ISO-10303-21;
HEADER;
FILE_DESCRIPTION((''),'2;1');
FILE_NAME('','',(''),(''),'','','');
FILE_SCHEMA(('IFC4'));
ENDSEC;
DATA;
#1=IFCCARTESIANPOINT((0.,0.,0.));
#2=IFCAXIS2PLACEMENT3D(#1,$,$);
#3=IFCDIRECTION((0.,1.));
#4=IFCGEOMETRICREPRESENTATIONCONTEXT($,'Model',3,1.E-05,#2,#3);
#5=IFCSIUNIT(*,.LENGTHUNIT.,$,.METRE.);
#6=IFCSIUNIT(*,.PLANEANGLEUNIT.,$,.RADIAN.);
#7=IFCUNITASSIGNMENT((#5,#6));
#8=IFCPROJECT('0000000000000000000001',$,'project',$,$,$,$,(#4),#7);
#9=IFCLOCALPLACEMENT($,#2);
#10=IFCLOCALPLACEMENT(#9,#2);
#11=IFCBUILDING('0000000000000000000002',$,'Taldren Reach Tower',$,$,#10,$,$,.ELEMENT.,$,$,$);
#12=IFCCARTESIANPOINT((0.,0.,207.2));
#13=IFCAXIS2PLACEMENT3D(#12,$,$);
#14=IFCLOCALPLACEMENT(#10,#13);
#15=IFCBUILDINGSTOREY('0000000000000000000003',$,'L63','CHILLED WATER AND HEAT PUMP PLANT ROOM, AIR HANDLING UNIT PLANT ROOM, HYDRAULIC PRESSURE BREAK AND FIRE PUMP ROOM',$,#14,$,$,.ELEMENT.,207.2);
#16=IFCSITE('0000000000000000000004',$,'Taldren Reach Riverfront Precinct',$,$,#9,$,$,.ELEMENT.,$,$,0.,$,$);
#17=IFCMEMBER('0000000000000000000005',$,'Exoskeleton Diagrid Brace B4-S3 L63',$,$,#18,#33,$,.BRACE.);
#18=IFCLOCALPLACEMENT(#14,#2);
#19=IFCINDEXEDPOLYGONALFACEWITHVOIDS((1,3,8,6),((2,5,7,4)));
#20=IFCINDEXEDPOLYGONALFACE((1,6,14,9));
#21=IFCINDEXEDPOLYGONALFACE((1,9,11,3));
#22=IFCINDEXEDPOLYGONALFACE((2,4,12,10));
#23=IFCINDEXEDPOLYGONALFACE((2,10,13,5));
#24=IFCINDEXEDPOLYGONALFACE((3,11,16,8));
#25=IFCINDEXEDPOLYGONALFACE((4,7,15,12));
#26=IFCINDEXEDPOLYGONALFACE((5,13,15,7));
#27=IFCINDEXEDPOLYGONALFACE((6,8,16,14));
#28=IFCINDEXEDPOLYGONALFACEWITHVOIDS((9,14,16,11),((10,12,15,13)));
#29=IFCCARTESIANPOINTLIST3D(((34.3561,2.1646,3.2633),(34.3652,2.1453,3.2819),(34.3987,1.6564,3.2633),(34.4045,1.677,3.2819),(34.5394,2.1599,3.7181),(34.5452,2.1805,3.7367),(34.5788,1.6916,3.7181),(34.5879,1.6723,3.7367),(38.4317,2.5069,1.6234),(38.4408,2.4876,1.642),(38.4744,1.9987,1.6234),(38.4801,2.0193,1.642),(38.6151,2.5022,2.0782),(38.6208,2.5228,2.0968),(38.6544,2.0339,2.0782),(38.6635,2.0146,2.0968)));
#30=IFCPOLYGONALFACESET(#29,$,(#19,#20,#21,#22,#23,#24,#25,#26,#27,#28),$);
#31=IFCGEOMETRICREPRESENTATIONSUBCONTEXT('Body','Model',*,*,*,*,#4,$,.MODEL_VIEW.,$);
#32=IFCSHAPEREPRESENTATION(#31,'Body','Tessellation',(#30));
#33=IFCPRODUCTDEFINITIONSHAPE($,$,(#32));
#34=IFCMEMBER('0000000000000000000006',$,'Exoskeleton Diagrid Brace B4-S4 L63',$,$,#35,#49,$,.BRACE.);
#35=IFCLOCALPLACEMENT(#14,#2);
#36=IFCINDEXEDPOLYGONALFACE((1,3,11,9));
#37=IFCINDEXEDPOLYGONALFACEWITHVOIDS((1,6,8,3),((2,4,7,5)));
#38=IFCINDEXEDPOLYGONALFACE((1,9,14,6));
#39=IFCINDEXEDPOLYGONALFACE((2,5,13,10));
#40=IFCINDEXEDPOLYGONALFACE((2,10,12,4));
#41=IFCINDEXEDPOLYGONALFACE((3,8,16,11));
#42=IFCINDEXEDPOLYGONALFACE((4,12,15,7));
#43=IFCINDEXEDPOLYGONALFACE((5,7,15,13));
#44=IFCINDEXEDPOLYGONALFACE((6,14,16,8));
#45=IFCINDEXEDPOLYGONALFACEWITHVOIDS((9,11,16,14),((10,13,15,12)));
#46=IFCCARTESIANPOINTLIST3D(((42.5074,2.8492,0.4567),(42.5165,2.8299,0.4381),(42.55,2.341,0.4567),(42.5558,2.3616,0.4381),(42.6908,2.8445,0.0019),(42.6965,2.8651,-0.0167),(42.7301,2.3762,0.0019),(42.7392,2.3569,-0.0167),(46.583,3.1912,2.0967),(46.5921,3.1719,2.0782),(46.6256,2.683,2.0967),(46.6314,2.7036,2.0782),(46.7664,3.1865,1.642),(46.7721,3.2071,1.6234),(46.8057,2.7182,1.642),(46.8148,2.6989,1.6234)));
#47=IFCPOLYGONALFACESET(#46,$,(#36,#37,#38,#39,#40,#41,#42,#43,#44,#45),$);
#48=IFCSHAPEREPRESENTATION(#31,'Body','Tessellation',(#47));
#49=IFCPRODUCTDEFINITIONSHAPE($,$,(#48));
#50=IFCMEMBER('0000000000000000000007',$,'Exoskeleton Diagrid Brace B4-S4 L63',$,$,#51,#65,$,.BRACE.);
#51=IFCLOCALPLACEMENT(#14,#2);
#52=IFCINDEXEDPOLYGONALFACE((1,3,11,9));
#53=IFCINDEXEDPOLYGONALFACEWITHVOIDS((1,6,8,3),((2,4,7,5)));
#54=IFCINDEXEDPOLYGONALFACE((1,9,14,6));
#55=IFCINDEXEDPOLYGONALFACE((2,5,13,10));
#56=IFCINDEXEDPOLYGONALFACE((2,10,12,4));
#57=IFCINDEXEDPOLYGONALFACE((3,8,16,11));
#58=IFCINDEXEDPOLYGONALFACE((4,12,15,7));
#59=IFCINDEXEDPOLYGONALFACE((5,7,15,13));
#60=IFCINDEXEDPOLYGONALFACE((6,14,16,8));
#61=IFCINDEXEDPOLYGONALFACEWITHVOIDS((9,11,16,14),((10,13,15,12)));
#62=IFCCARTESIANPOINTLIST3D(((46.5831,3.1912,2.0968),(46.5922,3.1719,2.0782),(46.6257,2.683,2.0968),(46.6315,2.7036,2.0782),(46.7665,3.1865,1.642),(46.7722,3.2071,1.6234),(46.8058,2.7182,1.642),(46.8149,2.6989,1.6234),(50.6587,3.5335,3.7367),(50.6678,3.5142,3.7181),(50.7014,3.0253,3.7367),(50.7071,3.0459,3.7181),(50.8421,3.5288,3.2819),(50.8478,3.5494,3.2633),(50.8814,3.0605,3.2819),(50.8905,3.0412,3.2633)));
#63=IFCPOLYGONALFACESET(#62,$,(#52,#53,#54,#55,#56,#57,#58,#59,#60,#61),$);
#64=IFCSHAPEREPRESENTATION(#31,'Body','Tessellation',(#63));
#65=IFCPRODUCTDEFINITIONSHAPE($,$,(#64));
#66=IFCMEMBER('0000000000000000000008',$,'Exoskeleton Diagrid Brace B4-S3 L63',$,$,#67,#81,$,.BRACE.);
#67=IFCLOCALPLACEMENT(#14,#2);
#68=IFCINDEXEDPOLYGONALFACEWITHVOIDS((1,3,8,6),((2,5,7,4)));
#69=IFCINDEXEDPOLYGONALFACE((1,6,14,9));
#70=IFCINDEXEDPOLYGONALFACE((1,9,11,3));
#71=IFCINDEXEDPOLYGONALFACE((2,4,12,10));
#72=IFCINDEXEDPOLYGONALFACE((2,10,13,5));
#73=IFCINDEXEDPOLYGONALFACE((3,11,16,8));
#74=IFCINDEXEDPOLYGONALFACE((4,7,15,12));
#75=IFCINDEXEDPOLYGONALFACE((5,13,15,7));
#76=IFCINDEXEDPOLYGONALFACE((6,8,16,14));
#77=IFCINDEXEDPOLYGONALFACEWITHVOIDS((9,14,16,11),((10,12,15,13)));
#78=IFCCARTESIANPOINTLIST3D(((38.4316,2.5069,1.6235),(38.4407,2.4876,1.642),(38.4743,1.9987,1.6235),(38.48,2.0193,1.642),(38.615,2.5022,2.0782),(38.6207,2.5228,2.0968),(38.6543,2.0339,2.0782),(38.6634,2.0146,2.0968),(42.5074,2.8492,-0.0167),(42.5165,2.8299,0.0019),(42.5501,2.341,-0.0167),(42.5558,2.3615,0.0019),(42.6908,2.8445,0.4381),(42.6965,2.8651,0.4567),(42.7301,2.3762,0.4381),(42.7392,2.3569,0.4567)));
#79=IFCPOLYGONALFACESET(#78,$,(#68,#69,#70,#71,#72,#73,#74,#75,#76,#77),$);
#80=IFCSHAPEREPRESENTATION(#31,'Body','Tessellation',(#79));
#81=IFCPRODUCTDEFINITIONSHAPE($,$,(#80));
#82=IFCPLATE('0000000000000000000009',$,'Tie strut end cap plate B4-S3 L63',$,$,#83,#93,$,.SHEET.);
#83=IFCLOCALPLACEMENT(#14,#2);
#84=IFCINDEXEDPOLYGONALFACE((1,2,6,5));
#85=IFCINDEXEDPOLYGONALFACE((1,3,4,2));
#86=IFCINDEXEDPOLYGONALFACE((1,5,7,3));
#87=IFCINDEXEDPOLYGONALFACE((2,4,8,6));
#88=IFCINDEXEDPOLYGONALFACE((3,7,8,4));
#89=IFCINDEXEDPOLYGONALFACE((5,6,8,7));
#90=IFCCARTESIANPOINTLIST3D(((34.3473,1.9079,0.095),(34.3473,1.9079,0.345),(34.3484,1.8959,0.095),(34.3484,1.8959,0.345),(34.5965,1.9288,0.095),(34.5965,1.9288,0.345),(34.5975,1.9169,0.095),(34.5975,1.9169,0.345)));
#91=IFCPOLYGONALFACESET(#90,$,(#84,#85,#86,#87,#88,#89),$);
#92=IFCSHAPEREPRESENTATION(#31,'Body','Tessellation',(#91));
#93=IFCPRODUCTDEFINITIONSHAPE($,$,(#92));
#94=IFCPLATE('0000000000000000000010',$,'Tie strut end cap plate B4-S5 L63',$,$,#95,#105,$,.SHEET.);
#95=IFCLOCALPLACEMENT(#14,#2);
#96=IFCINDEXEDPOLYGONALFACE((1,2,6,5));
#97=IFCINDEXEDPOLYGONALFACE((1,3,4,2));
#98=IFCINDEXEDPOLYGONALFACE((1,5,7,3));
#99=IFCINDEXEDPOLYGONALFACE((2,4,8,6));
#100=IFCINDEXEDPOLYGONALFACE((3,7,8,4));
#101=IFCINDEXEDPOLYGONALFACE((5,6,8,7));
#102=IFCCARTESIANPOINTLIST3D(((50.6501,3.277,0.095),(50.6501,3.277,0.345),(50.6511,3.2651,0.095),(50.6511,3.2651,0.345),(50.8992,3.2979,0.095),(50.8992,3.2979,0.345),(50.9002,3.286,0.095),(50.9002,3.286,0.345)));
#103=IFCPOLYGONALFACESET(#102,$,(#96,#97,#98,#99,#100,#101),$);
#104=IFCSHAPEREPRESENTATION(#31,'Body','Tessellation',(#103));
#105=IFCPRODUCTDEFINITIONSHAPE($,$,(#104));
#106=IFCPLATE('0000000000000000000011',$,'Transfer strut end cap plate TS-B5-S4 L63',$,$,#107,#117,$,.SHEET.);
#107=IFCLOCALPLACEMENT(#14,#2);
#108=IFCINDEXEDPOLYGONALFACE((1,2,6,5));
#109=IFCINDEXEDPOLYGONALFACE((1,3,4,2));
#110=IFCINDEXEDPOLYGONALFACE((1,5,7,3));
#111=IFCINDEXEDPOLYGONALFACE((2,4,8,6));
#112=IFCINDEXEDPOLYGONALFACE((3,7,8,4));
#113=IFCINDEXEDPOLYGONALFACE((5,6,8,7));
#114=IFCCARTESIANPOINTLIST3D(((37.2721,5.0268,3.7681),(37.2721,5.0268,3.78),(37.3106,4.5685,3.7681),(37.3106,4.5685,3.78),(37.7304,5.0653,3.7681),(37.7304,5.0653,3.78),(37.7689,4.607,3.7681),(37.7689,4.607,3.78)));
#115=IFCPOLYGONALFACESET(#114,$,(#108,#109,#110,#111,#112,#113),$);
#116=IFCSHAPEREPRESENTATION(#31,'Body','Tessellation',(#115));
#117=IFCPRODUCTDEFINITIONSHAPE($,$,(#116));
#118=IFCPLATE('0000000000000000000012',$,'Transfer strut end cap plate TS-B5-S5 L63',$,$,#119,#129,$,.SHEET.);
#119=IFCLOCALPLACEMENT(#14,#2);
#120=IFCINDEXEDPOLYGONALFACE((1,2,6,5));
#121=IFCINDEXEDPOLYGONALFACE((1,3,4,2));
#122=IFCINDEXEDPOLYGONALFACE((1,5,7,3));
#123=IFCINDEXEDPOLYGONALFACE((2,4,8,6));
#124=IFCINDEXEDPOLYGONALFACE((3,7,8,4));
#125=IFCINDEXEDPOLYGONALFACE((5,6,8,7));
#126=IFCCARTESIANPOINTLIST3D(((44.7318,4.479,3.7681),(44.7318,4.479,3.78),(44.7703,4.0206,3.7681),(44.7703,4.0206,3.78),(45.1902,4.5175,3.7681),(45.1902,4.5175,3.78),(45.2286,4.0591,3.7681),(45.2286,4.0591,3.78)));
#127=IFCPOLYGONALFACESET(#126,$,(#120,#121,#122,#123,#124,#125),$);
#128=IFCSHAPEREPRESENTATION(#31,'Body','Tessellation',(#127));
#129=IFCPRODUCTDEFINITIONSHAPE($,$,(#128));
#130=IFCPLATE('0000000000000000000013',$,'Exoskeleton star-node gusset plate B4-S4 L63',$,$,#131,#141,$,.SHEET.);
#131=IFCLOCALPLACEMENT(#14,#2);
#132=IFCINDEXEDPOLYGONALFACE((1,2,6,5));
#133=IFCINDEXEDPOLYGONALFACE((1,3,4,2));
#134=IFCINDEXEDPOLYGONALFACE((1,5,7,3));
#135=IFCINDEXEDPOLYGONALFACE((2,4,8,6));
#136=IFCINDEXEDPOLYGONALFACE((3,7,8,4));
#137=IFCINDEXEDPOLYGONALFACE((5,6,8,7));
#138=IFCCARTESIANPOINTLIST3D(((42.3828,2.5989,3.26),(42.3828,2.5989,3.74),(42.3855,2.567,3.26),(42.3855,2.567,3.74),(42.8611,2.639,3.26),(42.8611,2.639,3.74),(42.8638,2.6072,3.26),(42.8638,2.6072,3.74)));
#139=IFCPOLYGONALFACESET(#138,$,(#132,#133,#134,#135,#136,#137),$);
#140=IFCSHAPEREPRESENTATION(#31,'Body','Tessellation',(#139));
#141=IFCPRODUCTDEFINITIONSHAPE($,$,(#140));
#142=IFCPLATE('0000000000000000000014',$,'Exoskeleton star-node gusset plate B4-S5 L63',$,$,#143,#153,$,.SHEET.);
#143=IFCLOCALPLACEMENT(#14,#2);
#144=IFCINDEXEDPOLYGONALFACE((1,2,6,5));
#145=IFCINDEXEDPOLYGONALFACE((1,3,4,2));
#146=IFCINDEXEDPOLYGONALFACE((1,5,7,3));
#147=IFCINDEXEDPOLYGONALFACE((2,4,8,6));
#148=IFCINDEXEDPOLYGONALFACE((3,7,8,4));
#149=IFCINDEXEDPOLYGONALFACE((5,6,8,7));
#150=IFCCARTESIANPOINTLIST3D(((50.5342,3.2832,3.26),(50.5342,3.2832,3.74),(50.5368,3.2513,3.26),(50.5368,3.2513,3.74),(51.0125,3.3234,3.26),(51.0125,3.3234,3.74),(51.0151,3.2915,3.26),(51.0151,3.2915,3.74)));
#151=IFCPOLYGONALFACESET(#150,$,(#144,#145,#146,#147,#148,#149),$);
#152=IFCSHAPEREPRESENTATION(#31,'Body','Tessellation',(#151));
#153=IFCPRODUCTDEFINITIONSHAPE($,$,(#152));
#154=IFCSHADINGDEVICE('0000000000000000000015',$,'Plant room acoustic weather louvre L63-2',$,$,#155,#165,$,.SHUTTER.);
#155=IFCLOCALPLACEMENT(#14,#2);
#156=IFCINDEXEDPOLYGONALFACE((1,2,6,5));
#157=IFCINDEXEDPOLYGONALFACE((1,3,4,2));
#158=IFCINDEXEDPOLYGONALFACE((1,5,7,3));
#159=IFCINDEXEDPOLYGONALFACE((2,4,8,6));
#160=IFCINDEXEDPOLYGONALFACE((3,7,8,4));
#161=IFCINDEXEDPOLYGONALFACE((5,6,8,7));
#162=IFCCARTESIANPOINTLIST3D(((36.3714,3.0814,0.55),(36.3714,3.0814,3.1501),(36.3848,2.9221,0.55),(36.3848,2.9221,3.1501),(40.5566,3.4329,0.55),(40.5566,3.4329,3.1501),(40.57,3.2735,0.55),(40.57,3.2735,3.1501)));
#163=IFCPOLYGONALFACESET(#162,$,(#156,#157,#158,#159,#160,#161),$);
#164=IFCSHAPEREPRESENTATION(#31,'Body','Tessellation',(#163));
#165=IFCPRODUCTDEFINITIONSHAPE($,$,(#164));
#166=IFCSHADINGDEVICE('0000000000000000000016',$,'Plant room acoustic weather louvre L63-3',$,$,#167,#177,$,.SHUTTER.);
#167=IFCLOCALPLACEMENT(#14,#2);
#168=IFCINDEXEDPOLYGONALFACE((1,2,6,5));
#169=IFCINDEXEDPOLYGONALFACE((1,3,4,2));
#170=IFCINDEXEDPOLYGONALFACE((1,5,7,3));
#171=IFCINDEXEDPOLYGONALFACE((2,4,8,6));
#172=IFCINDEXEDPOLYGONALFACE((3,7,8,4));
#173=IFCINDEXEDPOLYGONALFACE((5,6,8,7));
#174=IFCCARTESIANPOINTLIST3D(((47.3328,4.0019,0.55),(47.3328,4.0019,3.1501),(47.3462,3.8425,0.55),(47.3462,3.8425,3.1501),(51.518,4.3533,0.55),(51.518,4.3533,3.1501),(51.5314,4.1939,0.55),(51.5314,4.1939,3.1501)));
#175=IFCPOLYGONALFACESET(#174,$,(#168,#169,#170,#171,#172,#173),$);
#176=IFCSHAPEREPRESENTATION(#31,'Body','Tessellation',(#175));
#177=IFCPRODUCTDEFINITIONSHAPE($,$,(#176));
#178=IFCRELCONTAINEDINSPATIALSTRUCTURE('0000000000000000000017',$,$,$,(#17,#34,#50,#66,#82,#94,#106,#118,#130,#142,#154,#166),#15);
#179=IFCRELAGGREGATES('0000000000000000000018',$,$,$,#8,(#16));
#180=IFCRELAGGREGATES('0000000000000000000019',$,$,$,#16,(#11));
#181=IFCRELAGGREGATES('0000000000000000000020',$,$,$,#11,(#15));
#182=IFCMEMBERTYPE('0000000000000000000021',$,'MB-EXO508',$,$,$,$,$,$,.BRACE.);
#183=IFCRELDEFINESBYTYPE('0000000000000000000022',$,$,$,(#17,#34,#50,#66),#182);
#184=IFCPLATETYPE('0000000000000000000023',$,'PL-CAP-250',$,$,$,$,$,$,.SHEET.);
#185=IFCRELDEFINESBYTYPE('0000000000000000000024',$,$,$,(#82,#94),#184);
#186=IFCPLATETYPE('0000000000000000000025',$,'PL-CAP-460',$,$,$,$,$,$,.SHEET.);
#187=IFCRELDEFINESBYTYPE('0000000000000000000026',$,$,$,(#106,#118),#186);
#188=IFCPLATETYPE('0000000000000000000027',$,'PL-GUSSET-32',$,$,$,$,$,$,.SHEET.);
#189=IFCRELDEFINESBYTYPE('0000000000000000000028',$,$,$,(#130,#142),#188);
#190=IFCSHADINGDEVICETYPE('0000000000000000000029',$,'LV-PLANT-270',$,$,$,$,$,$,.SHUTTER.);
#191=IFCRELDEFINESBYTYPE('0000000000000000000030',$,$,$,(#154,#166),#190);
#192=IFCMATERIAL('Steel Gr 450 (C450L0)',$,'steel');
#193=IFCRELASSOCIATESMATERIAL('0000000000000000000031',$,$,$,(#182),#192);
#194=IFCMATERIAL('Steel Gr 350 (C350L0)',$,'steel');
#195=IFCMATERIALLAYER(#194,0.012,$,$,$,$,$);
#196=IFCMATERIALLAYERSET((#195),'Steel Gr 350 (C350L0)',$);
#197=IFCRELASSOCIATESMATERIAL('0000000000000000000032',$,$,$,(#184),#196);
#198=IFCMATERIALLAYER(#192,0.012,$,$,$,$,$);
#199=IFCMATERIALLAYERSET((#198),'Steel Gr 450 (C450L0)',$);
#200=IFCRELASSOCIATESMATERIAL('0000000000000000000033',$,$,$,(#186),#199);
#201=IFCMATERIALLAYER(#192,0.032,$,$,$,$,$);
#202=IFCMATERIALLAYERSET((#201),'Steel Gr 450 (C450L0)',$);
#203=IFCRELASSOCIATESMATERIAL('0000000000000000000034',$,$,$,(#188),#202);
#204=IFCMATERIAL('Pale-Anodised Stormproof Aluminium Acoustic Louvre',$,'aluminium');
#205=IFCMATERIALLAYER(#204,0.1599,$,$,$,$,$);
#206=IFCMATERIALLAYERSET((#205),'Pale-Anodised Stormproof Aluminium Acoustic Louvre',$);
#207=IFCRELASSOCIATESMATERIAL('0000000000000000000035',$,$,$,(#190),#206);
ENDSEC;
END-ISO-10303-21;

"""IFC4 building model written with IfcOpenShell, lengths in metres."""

from ifc_helpers import new_model, si_unit, direction, frame, origin, origin_2d, place, context, subcontext, project, spatial, rectangle, hollow_rectangle, extrude, source, transform, mapped, material, layer, layer_set, material_profile, profile_set, type_object, element, save


model = new_model("IFC4")

# Units and contexts
model_context = context("Model", 3, precision=1e-05, world=origin(), true_north=direction((0.0, 1.0)))
body_context = subcontext(model_context, "Body", "Model", "MODEL_VIEW")
ifc_project = project(units=[si_unit("LENGTHUNIT", "METRE"), si_unit("PLANEANGLEUNIT", "RADIAN")], contexts=[model_context])

# Site, building, storey
site_placement = place(None, origin())
site = spatial("IfcSite", under=ifc_project, at=site_placement, Name="Taldren Reach Riverfront Precinct", CompositionType="ELEMENT", RefElevation=0.0)
building_placement = place(site_placement, origin())
building = spatial("IfcBuilding", under=site, at=building_placement, Name="Taldren Reach Tower", CompositionType="ELEMENT")
storey_placement = place(building_placement, frame((0.0, 0.0, 207.2)))
storey = spatial("IfcBuildingStorey", under=building, at=storey_placement, Name="L63", Description="CHILLED WATER AND HEAT PUMP PLANT ROOM, AIR HANDLING UNIT PLANT ROOM, HYDRAULIC PRESSURE BREAK AND FIRE PUMP ROOM", CompositionType="ELEMENT", Elevation=207.2)

# Shared definitions
ifc_material_1 = material(Name="Steel Gr 350 (C350L0)", Category="steel")

# Shared definitions
ifc_material_2 = material(Name="Steel Gr 450 (C450L0)", Category="steel")

# Members
ifc_material_profile_1 = material_profile(ifc_material_2, hollow_rectangle(XDim=0.51, YDim=0.51, WallThickness=0.02, at=origin_2d()), Name="510x510x20.0SHS")
ifc_profile_set_1 = profile_set([ifc_material_profile_1], Name="Steel Gr 450 (C450L0)")
member_type_1 = type_object("IfcMemberType", Name="MB-EXO508", PredefinedType="BRACE", material=ifc_profile_set_1)
shared_shape_1 = source(origin(), body_context, "Body", "SweptSolid", [
    extrude(hollow_rectangle(XDim=0.51, YDim=0.51, WallThickness=0.02, at=origin_2d()), origin(), (0.0, 0.0, 1.0), 4.4065),
])
for number, where, z_axis, x_axis, name in (
    (1, (38.5476, 2.2607, 1.8601), (-0.924917, -0.077677, 0.37215), (0.083688, -0.996492, 0.0), "Exoskeleton Diagrid Brace B4-S3 L63"),
    (2, (42.6233, 2.603, 0.22), (0.924902, 0.07762, 0.372199), (-0.083628, 0.996497, 0.0), "Exoskeleton Diagrid Brace B4-S4 L63"),
    (3, (46.699, 2.9451, 1.8601), (0.924917, 0.077677, 0.37215), (-0.083688, 0.996492, 0.0), "Exoskeleton Diagrid Brace B4-S4 L63"),
):
    element("IfcMember", number, at=place(storey_placement, frame(where, z_axis=z_axis, x_axis=x_axis)), inside=storey, type_object=member_type_1, Name=name, PredefinedType="BRACE", context=body_context, shape_type="MappedRepresentation", body=[
        mapped(shared_shape_1, transform((0.0, 0.0, 0.0), scale=1.0)),
    ])
shared_shape_2 = source(origin(), body_context, "Body", "SweptSolid", [
    extrude(hollow_rectangle(XDim=0.51, YDim=0.51, WallThickness=0.02, at=origin_2d()), origin(), (0.0, 0.0, 1.0), 4.4067),
])
member_1_placement = place(storey_placement, frame((42.6233, 2.603, 0.22), z_axis=(-0.924898, -0.077675, 0.372197), x_axis=(0.083688, -0.996492, 0.0)))
element("IfcMember", 4, at=member_1_placement, inside=storey, type_object=member_type_1, Name="Exoskeleton Diagrid Brace B4-S3 L63", PredefinedType="BRACE", context=body_context, shape_type="MappedRepresentation", body=[
    mapped(shared_shape_2, transform((0.0, 0.0, 0.0), scale=1.0)),
])

# Plates
ifc_layer_1 = layer(ifc_material_1, 0.012)
ifc_layer_set_1 = layer_set([ifc_layer_1], Name="Steel Gr 350 (C350L0)")
plate_type_1 = type_object("IfcPlateType", Name="PL-CAP-250", PredefinedType="SHEET", material=ifc_layer_set_1)
shared_shape_3 = source(origin(), body_context, "Body", "SweptSolid", [
    extrude(rectangle(XDim=0.25, YDim=0.012, at=origin_2d()), origin(), (0.0, 0.0, 1.0), 0.25),
])
for number, where, z_axis, x_axis, name in (
    (5, (34.4724, 1.9124, 0.095), (0.0, 0.0, 1.0), (0.996493, 0.083678, 0.0), "Tie strut end cap plate B4-S3 L63"),
    (6, (50.7751, 3.2815, 0.095), (0.0, 0.0, 1.0), (0.996493, 0.083678, 0.0), "Tie strut end cap plate B4-S5 L63"),
):
    element("IfcPlate", number, at=place(storey_placement, frame(where, z_axis=z_axis, x_axis=x_axis)), inside=storey, type_object=plate_type_1, Name=name, PredefinedType="SHEET", context=body_context, shape_type="MappedRepresentation", body=[
        mapped(shared_shape_3, transform((0.0, 0.0, 0.0), scale=1.0)),
    ])
ifc_layer_2 = layer(ifc_material_2, 0.012)
ifc_layer_set_2 = layer_set([ifc_layer_2], Name="Steel Gr 450 (C450L0)")
plate_type_2 = type_object("IfcPlateType", Name="PL-CAP-460", PredefinedType="SHEET", material=ifc_layer_set_2)
shared_shape_4 = source(origin(), body_context, "Body", "SweptSolid", [
    extrude(rectangle(XDim=0.46, YDim=0.46, at=origin_2d()), origin(), (0.0, 0.0, 1.0), 0.012),
])
for number, where, z_axis, x_axis, name in (
    (7, (37.5205, 4.8169, 3.7681), (0.0, 0.0, 1.0), (0.996493, 0.083678, 0.0), "Transfer strut end cap plate TS-B5-S4 L63"),
    (8, (44.9802, 4.269, 3.7681), (0.0, 0.0, 1.0), (0.996493, 0.083678, 0.0), "Transfer strut end cap plate TS-B5-S5 L63"),
):
    element("IfcPlate", number, at=place(storey_placement, frame(where, z_axis=z_axis, x_axis=x_axis)), inside=storey, type_object=plate_type_2, Name=name, PredefinedType="SHEET", context=body_context, shape_type="MappedRepresentation", body=[
        mapped(shared_shape_4, transform((0.0, 0.0, 0.0), scale=1.0)),
    ])
ifc_layer_3 = layer(ifc_material_2, 0.032)
ifc_layer_set_3 = layer_set([ifc_layer_3], Name="Steel Gr 450 (C450L0)")
plate_type_3 = type_object("IfcPlateType", Name="PL-GUSSET-32", PredefinedType="SHEET", material=ifc_layer_set_3)
shared_shape_5 = source(origin(), body_context, "Body", "SweptSolid", [
    extrude(rectangle(XDim=0.48, YDim=0.032, at=origin_2d()), origin(), (0.0, 0.0, 1.0), 0.48),
])
for number, where, z_axis, x_axis, name in (
    (9, (42.6233, 2.603, 3.26), (0.0, 0.0, 1.0), (0.996493, 0.083678, 0.0), "Exoskeleton star-node gusset plate B4-S4 L63"),
    (10, (50.7747, 3.2874, 3.26), (0.0, 0.0, 1.0), (0.996493, 0.083678, 0.0), "Exoskeleton star-node gusset plate B4-S5 L63"),
):
    element("IfcPlate", number, at=place(storey_placement, frame(where, z_axis=z_axis, x_axis=x_axis)), inside=storey, type_object=plate_type_3, Name=name, PredefinedType="SHEET", context=body_context, shape_type="MappedRepresentation", body=[
        mapped(shared_shape_5, transform((0.0, 0.0, 0.0), scale=1.0)),
    ])

# Shading devices
ifc_material_3 = material(Name="Pale-Anodised Stormproof Aluminium Acoustic Louvre", Category="aluminium")
ifc_layer_4 = layer(ifc_material_3, 0.1599)
ifc_layer_set_4 = layer_set([ifc_layer_4], Name="Pale-Anodised Stormproof Aluminium Acoustic Louvre")
shading_device_type = type_object("IfcShadingDeviceType", Name="LV-PLANT-270", PredefinedType="SHUTTER", material=ifc_layer_set_4)
shared_shape_6 = source(origin(), body_context, "Body", "SweptSolid", [
    extrude(rectangle(XDim=4.2, YDim=0.1599, at=origin_2d()), origin(), (0.0, 0.0, 1.0), 2.6001),
])
for number, where, z_axis, x_axis, name in (
    (11, (38.4707, 3.1775, 0.55), (0.0, 0.0, 1.0), (0.996493, 0.083678, 0.0), "Plant room acoustic weather louvre L63-2"),
    (12, (49.4321, 4.0979, 0.55), (0.0, 0.0, 1.0), (0.996493, 0.083678, 0.0), "Plant room acoustic weather louvre L63-3"),
):
    element("IfcShadingDevice", number, at=place(storey_placement, frame(where, z_axis=z_axis, x_axis=x_axis)), inside=storey, type_object=shading_device_type, Name=name, PredefinedType="SHUTTER", context=body_context, shape_type="MappedRepresentation", body=[
        mapped(shared_shape_6, transform((0.0, 0.0, 0.0), scale=1.0)),
    ])

save(model, "model.ifc")
